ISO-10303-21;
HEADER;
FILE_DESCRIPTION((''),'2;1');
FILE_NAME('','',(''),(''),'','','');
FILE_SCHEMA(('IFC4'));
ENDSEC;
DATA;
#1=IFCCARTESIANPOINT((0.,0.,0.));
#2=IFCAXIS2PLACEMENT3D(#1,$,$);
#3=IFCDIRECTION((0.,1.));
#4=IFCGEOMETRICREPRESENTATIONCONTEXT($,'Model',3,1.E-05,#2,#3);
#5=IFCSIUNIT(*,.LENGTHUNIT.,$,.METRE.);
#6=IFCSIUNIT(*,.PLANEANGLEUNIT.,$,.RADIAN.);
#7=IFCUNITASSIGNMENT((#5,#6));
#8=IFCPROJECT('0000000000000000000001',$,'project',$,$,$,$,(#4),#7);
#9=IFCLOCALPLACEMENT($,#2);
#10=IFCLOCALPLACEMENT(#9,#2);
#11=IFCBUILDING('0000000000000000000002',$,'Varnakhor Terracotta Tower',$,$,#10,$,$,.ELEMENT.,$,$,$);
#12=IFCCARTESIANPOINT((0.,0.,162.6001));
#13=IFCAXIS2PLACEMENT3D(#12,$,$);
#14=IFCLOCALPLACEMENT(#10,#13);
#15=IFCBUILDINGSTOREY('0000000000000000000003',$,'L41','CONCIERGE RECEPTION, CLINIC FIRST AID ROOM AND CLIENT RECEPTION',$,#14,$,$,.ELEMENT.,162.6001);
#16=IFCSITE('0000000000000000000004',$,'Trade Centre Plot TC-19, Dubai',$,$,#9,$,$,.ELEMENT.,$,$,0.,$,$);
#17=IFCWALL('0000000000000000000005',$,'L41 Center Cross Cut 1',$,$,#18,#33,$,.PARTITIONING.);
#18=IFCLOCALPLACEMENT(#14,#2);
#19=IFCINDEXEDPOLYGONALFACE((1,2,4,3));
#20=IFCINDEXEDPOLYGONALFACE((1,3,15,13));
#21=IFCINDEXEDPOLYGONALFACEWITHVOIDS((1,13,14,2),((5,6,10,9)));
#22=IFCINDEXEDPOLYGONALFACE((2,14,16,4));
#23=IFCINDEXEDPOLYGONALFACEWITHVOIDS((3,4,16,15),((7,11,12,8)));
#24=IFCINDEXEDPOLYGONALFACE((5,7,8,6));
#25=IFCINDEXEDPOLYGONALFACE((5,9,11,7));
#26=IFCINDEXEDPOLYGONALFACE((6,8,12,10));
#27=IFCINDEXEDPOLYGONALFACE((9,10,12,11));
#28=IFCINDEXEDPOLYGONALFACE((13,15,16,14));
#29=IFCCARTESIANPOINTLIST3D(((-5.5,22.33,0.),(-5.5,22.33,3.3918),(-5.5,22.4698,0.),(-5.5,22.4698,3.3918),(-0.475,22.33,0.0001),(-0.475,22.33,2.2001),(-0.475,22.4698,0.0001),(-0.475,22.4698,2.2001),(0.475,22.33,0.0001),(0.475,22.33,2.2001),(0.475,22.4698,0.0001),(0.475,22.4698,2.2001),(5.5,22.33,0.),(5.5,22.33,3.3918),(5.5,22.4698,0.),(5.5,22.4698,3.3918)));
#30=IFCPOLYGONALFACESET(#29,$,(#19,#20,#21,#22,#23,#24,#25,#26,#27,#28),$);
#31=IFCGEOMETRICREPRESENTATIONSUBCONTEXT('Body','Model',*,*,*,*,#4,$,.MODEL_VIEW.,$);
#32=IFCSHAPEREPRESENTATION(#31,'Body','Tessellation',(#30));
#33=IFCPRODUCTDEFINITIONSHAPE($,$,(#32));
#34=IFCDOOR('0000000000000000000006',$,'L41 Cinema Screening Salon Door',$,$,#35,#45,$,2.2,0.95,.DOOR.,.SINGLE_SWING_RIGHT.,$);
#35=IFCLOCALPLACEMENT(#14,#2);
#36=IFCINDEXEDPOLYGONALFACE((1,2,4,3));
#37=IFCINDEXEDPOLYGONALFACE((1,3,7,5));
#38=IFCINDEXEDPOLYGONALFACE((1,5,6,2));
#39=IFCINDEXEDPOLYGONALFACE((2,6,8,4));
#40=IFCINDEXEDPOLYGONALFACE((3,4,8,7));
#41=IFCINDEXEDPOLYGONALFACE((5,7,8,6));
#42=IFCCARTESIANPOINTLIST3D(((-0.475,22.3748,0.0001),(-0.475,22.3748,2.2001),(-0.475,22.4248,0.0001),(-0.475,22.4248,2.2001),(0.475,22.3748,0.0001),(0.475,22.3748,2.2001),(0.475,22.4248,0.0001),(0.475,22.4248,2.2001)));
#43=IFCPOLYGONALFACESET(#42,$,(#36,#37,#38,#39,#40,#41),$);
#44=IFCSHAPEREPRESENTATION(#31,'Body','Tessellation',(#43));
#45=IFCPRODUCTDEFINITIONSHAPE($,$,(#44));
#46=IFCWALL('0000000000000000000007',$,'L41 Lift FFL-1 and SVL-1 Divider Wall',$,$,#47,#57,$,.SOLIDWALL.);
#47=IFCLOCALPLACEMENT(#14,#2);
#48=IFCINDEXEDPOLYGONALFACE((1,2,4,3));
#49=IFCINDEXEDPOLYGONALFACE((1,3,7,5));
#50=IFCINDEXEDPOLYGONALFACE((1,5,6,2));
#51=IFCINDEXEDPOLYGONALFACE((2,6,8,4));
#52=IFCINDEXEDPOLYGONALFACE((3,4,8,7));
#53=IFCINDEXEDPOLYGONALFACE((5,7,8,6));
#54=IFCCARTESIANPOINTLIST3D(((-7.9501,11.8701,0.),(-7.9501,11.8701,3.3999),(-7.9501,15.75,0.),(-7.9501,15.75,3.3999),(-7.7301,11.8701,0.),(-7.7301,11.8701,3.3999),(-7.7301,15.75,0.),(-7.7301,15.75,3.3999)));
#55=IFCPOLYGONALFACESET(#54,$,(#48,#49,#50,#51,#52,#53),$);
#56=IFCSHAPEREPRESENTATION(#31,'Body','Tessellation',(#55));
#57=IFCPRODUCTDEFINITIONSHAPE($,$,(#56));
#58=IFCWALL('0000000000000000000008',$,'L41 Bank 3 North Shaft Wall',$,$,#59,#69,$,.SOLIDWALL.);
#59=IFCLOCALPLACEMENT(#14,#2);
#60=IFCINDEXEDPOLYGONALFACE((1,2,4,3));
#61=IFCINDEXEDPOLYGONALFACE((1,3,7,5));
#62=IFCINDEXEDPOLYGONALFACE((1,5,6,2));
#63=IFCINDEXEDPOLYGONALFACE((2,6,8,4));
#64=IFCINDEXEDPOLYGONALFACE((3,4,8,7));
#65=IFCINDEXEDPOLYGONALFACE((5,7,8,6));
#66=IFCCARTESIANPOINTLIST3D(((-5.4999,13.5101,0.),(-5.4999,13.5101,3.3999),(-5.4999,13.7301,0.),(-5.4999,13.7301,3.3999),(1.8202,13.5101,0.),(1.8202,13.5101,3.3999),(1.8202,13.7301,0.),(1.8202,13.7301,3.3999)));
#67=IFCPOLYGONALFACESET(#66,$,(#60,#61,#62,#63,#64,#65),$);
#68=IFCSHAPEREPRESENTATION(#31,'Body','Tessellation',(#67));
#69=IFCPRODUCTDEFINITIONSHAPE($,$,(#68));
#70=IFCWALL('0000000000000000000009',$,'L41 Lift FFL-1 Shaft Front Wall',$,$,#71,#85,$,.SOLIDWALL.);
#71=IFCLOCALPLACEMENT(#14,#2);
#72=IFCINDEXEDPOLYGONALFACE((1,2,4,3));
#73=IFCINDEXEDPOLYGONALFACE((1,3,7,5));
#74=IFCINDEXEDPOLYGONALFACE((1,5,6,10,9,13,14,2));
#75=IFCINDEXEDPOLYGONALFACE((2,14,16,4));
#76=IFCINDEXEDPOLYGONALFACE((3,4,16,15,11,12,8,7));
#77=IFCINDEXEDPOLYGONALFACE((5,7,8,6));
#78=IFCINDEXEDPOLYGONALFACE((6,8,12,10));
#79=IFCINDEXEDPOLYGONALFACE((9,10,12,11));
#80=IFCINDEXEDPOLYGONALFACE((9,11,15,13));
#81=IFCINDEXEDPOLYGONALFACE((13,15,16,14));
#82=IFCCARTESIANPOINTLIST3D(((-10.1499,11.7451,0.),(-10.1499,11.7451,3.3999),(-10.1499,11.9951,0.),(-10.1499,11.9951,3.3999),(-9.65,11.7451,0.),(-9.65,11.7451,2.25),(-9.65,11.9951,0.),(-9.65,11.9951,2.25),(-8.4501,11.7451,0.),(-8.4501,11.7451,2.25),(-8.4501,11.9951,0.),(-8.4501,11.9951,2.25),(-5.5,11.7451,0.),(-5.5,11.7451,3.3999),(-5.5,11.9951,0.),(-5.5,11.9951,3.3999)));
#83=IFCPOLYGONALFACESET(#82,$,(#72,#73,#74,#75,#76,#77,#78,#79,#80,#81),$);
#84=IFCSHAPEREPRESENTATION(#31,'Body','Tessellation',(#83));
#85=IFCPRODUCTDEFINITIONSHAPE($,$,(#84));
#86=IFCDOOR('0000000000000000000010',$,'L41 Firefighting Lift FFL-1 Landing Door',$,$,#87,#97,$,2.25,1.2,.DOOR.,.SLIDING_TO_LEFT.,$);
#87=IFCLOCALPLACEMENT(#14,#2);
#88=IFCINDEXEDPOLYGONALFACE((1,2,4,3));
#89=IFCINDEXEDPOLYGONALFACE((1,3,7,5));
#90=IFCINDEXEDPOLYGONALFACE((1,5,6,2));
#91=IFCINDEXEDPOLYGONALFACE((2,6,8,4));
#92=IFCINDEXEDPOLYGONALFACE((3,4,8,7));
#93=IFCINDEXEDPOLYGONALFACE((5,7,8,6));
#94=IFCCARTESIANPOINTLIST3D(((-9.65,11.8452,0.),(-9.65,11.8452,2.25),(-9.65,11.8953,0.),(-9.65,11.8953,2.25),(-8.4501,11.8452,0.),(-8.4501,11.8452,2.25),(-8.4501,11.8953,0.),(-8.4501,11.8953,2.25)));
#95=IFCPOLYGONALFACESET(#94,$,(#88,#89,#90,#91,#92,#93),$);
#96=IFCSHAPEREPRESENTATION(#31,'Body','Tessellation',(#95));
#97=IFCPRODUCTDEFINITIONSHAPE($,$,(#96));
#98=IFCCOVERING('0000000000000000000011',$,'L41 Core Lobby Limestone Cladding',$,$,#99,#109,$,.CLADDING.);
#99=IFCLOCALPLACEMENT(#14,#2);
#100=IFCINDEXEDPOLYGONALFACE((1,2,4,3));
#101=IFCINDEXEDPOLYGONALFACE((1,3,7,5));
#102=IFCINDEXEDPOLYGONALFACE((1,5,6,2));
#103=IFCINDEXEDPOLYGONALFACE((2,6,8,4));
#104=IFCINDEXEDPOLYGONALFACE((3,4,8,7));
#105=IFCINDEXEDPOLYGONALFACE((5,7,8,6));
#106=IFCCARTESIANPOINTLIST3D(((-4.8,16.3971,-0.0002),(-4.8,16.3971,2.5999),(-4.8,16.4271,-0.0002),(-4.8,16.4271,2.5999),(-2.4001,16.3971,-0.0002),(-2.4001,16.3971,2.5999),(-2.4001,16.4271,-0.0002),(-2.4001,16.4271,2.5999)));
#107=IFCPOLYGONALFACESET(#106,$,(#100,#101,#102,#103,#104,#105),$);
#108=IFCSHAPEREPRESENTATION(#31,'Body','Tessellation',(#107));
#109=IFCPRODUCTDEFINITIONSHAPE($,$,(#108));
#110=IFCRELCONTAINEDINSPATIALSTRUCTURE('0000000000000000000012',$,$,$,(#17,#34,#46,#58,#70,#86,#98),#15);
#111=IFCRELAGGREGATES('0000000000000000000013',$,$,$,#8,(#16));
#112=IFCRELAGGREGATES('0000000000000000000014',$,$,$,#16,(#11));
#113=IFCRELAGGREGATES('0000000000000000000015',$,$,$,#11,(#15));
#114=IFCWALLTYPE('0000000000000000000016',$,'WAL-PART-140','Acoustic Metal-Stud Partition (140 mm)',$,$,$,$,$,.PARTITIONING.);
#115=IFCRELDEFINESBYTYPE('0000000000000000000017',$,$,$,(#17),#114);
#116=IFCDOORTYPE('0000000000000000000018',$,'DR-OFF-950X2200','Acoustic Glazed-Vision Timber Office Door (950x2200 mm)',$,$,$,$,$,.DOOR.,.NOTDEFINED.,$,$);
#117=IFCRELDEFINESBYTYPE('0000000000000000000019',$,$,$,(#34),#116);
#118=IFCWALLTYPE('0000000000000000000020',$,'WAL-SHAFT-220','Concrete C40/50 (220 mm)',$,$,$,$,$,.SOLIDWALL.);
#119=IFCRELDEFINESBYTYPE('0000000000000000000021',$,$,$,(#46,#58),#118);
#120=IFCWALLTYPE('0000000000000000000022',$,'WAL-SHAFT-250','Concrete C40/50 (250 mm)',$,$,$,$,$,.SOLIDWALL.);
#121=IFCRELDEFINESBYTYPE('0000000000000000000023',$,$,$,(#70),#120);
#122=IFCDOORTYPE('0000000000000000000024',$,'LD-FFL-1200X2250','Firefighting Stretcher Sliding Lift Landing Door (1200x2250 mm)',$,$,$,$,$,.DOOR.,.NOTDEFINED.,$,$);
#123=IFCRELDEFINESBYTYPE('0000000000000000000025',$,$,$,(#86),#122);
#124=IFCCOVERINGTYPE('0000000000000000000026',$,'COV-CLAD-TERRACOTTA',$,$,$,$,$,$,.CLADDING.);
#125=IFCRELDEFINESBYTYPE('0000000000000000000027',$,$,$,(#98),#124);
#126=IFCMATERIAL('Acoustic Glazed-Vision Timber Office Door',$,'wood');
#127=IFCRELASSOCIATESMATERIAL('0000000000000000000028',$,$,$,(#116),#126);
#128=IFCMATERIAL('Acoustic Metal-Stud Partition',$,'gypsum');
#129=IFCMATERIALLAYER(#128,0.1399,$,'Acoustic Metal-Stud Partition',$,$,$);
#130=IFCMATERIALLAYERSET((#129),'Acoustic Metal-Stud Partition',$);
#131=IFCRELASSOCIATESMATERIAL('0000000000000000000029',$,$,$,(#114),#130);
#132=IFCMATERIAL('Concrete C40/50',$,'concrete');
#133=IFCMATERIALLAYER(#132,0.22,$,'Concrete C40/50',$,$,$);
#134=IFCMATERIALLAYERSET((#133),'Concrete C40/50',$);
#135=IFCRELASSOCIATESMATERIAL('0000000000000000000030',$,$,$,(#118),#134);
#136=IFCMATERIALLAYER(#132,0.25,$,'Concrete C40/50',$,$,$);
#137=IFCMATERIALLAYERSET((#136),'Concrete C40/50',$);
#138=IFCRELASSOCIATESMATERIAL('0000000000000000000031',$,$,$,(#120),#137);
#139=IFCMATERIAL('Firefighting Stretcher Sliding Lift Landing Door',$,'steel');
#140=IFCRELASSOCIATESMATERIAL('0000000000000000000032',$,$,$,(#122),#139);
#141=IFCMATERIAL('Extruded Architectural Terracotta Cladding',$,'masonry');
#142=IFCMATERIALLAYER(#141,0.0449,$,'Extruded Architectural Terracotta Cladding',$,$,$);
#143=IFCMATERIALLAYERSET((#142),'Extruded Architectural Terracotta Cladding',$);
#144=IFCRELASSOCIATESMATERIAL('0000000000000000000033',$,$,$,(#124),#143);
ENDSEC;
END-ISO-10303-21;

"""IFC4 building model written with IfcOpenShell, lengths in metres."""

from ifc_helpers import new_model, si_unit, direction, frame, frame_2d, origin, origin_2d, place, context, subcontext, project, spatial, rectangle, extrude, source, transform, mapped, material, layer, layer_set, type_object, type_shapes, element, fill, save


model = new_model("IFC4")

# Units and contexts
model_context = context("Model", 3, precision=1e-05, world=origin(), true_north=direction((0.0, 1.0)))
body_context = subcontext(model_context, "Body", "Model", "MODEL_VIEW")
ifc_project = project(units=[si_unit("LENGTHUNIT", "METRE"), si_unit("PLANEANGLEUNIT", "RADIAN")], contexts=[model_context])

# Site, building, storey
site_placement = place(None, origin())
site = spatial("IfcSite", under=ifc_project, at=site_placement, Name="Trade Centre Plot TC-19, Dubai", CompositionType="ELEMENT", RefElevation=0.0)
building_placement = place(site_placement, origin())
building = spatial("IfcBuilding", under=site, at=building_placement, Name="Varnakhor Terracotta Tower", CompositionType="ELEMENT")
storey_placement = place(building_placement, frame((0.0, 0.0, 162.6001)))
storey = spatial("IfcBuildingStorey", under=building, at=storey_placement, Name="L41", Description="CONCIERGE RECEPTION, CLINIC FIRST AID ROOM AND CLIENT RECEPTION", CompositionType="ELEMENT", Elevation=162.6001)

# Shared definitions
ifc_material_1 = material(Name="Acoustic Glazed-Vision Timber Office Door", Category="wood")
door_type_1 = type_object("IfcDoorType", Name="DR-OFF-950X2200", Description="Acoustic Glazed-Vision Timber Office Door (950x2200 mm)", OperationType="NOTDEFINED", PredefinedType="DOOR", material=ifc_material_1)
shared_shape_1 = source(origin(), body_context, "Body", "SweptSolid", [
    extrude(rectangle(XDim=0.95, YDim=2.2, at=frame_2d((0.4751, 1.1001))), frame((0.0, 0.0249, 0.0), z_axis=(0.0, -1.0, 0.0), x_axis=(1.0, 0.0, 0.0)), (0.0, 0.0, 1.0), 0.05),
])
type_shapes(door_type_1, [shared_shape_1])

# Shared definitions
ifc_material_2 = material(Name="Acoustic Metal-Stud Partition", Category="gypsum")
ifc_layer_1 = layer(ifc_material_2, 0.1399, Name="Acoustic Metal-Stud Partition")
ifc_layer_set_1 = layer_set([ifc_layer_1], Name="Acoustic Metal-Stud Partition")
wall_type_1 = type_object("IfcWallType", Name="WAL-PART-140", Description="Acoustic Metal-Stud Partition (140 mm)", PredefinedType="PARTITIONING", material=ifc_layer_set_1)

# Wall, opening, door
wall_1_placement = place(storey_placement, frame((-5.5, 22.3999, 0.0), z_axis=(0.0, 0.0, 1.0), x_axis=(1.0, 0.0, 0.0)))
wall_1 = element("IfcWall", 1, at=wall_1_placement, inside=storey, type_object=wall_type_1, Name="L41 Center Cross Cut 1", PredefinedType="PARTITIONING", context=body_context, shape_type="SweptSolid", body=[
    extrude(rectangle(XDim=11.0, YDim=0.1399, at=frame_2d((5.5, 0.0))), origin(), (0.0, 0.0, 1.0), 3.3918),
])
opening_1_placement = place(wall_1_placement, frame((5.0249, 0.0, 0.0)))
opening_1 = element("IfcOpeningElement", 2, at=opening_1_placement, cuts=wall_1, PredefinedType="OPENING", context=body_context, shape_type="SweptSolid", body=[
    extrude(rectangle(XDim=0.95, YDim=2.2, at=frame_2d((0.4751, 1.1001))), frame((0.0, 0.0801, 0.0), z_axis=(0.0, -1.0, 0.0), x_axis=(1.0, 0.0, 0.0)), (0.0, 0.0, 1.0), 0.1599),
])
door_1_placement = place(opening_1_placement, origin())
door_1 = element("IfcDoor", 3, at=door_1_placement, inside=storey, type_object=door_type_1, Name="L41 Cinema Screening Salon Door", OperationType="SINGLE_SWING_RIGHT", OverallHeight=2.2, OverallWidth=0.95, PredefinedType="DOOR", context=body_context, shape_type="MappedRepresentation", body=[
    mapped(shared_shape_1, transform((0.0, 0.0, 0.0), scale=1.0)),
])
fill(opening_1, door_1)

# Walls
ifc_material_3 = material(Name="Concrete C40/50", Category="concrete")
ifc_layer_2 = layer(ifc_material_3, 0.22, Name="Concrete C40/50")
ifc_layer_set_2 = layer_set([ifc_layer_2], Name="Concrete C40/50")
wall_type_2 = type_object("IfcWallType", Name="WAL-SHAFT-220", Description="Concrete C40/50 (220 mm)", PredefinedType="SOLIDWALL", material=ifc_layer_set_2)
wall_2_placement = place(storey_placement, frame((-7.8401, 11.8701, 0.0), z_axis=(0.0, 0.0, 1.0), x_axis=(0.0, 1.0, 0.0)))
element("IfcWall", 4, at=wall_2_placement, inside=storey, type_object=wall_type_2, Name="L41 Lift FFL-1 and SVL-1 Divider Wall", PredefinedType="SOLIDWALL", context=body_context, shape_type="SweptSolid", body=[
    extrude(rectangle(XDim=3.8799, YDim=0.22, at=frame_2d((1.9399, 0.0))), origin(), (0.0, 0.0, 1.0), 3.3999),
])
wall_3_placement = place(storey_placement, frame((-5.5, 13.6201, 0.0), z_axis=(0.0, 0.0, 1.0), x_axis=(1.0, 0.0, 0.0)))
element("IfcWall", 5, at=wall_3_placement, inside=storey, type_object=wall_type_2, Name="L41 Bank 3 North Shaft Wall", PredefinedType="SOLIDWALL", context=body_context, shape_type="SweptSolid", body=[
    extrude(rectangle(XDim=7.3201, YDim=0.22, at=frame_2d((3.6602, 0.0))), origin(), (0.0, 0.0, 1.0), 3.3999),
])

# Wall, opening, door
ifc_layer_3 = layer(ifc_material_3, 0.25, Name="Concrete C40/50")
ifc_layer_set_3 = layer_set([ifc_layer_3], Name="Concrete C40/50")
wall_type_3 = type_object("IfcWallType", Name="WAL-SHAFT-250", Description="Concrete C40/50 (250 mm)", PredefinedType="SOLIDWALL", material=ifc_layer_set_3)
wall_4_placement = place(storey_placement, frame((-5.5, 11.8701, 0.0), z_axis=(0.0, 0.0, 1.0), x_axis=(-1.0, 0.0, 0.0)))
wall_4 = element("IfcWall", 6, at=wall_4_placement, inside=storey, type_object=wall_type_3, Name="L41 Lift FFL-1 Shaft Front Wall", PredefinedType="SOLIDWALL", context=body_context, shape_type="SweptSolid", body=[
    extrude(rectangle(XDim=4.6499, YDim=0.25, at=frame_2d((2.325, 0.0))), origin(), (0.0, 0.0, 1.0), 3.3999),
])
opening_2_placement = place(wall_4_placement, frame((2.95, 0.0, 0.0)))
opening_2 = element("IfcOpeningElement", 7, at=opening_2_placement, cuts=wall_4, PredefinedType="OPENING", context=body_context, shape_type="SweptSolid", body=[
    extrude(rectangle(XDim=1.2, YDim=2.25, at=frame_2d((0.6001, 1.125))), frame((0.0, 0.135, 0.0), z_axis=(0.0, -1.0, 0.0), x_axis=(1.0, 0.0, 0.0)), (0.0, 0.0, 1.0), 0.27),
])
ifc_material_4 = material(Name="Firefighting Stretcher Sliding Lift Landing Door", Category="steel")
door_type_2 = type_object("IfcDoorType", Name="LD-FFL-1200X2250", Description="Firefighting Stretcher Sliding Lift Landing Door (1200x2250 mm)", OperationType="NOTDEFINED", PredefinedType="DOOR", material=ifc_material_4)
shared_shape_2 = source(origin(), body_context, "Body", "SweptSolid", [
    extrude(rectangle(XDim=1.2, YDim=2.25, at=frame_2d((0.6001, 1.125))), frame((0.0, 0.0249, 0.0), z_axis=(0.0, -1.0, 0.0), x_axis=(1.0, 0.0, 0.0)), (0.0, 0.0, 1.0), 0.05),
])
type_shapes(door_type_2, [shared_shape_2])
door_2_placement = place(opening_2_placement, origin())
door_2 = element("IfcDoor", 8, at=door_2_placement, inside=storey, type_object=door_type_2, Name="L41 Firefighting Lift FFL-1 Landing Door", OperationType="SLIDING_TO_LEFT", OverallHeight=2.25, OverallWidth=1.2, PredefinedType="DOOR", context=body_context, shape_type="MappedRepresentation", body=[
    mapped(shared_shape_2, transform((0.0, 0.0, 0.0), scale=1.0)),
])
fill(opening_2, door_2)

# Covering
ifc_material_5 = material(Name="Extruded Architectural Terracotta Cladding", Category="masonry")
ifc_layer_4 = layer(ifc_material_5, 0.0449, Name="Extruded Architectural Terracotta Cladding")
ifc_layer_set_4 = layer_set([ifc_layer_4], Name="Extruded Architectural Terracotta Cladding")
covering_type = type_object("IfcCoveringType", Name="COV-CLAD-TERRACOTTA", PredefinedType="CLADDING", material=ifc_layer_set_4)
shared_shape_3 = source(origin(), body_context, "Body", "SweptSolid", [
    extrude(rectangle(XDim=2.3999, YDim=0.03, at=origin_2d()), origin(), (0.0, 0.0, 1.0), 2.6001),
])
type_shapes(covering_type, [shared_shape_3])
covering_placement = place(storey_placement, frame((-3.6001, 16.4121, -0.0002), z_axis=(0.0, 0.0, 1.0), x_axis=(1.0, 0.0, 0.0)))
element("IfcCovering", 9, at=covering_placement, inside=storey, type_object=covering_type, Name="L41 Core Lobby Limestone Cladding", PredefinedType="CLADDING", context=body_context, shape_type="MappedRepresentation", body=[
    mapped(shared_shape_3, transform((0.0, 0.0, 0.0), scale=1.0)),
])

save(model, "model.ifc")
